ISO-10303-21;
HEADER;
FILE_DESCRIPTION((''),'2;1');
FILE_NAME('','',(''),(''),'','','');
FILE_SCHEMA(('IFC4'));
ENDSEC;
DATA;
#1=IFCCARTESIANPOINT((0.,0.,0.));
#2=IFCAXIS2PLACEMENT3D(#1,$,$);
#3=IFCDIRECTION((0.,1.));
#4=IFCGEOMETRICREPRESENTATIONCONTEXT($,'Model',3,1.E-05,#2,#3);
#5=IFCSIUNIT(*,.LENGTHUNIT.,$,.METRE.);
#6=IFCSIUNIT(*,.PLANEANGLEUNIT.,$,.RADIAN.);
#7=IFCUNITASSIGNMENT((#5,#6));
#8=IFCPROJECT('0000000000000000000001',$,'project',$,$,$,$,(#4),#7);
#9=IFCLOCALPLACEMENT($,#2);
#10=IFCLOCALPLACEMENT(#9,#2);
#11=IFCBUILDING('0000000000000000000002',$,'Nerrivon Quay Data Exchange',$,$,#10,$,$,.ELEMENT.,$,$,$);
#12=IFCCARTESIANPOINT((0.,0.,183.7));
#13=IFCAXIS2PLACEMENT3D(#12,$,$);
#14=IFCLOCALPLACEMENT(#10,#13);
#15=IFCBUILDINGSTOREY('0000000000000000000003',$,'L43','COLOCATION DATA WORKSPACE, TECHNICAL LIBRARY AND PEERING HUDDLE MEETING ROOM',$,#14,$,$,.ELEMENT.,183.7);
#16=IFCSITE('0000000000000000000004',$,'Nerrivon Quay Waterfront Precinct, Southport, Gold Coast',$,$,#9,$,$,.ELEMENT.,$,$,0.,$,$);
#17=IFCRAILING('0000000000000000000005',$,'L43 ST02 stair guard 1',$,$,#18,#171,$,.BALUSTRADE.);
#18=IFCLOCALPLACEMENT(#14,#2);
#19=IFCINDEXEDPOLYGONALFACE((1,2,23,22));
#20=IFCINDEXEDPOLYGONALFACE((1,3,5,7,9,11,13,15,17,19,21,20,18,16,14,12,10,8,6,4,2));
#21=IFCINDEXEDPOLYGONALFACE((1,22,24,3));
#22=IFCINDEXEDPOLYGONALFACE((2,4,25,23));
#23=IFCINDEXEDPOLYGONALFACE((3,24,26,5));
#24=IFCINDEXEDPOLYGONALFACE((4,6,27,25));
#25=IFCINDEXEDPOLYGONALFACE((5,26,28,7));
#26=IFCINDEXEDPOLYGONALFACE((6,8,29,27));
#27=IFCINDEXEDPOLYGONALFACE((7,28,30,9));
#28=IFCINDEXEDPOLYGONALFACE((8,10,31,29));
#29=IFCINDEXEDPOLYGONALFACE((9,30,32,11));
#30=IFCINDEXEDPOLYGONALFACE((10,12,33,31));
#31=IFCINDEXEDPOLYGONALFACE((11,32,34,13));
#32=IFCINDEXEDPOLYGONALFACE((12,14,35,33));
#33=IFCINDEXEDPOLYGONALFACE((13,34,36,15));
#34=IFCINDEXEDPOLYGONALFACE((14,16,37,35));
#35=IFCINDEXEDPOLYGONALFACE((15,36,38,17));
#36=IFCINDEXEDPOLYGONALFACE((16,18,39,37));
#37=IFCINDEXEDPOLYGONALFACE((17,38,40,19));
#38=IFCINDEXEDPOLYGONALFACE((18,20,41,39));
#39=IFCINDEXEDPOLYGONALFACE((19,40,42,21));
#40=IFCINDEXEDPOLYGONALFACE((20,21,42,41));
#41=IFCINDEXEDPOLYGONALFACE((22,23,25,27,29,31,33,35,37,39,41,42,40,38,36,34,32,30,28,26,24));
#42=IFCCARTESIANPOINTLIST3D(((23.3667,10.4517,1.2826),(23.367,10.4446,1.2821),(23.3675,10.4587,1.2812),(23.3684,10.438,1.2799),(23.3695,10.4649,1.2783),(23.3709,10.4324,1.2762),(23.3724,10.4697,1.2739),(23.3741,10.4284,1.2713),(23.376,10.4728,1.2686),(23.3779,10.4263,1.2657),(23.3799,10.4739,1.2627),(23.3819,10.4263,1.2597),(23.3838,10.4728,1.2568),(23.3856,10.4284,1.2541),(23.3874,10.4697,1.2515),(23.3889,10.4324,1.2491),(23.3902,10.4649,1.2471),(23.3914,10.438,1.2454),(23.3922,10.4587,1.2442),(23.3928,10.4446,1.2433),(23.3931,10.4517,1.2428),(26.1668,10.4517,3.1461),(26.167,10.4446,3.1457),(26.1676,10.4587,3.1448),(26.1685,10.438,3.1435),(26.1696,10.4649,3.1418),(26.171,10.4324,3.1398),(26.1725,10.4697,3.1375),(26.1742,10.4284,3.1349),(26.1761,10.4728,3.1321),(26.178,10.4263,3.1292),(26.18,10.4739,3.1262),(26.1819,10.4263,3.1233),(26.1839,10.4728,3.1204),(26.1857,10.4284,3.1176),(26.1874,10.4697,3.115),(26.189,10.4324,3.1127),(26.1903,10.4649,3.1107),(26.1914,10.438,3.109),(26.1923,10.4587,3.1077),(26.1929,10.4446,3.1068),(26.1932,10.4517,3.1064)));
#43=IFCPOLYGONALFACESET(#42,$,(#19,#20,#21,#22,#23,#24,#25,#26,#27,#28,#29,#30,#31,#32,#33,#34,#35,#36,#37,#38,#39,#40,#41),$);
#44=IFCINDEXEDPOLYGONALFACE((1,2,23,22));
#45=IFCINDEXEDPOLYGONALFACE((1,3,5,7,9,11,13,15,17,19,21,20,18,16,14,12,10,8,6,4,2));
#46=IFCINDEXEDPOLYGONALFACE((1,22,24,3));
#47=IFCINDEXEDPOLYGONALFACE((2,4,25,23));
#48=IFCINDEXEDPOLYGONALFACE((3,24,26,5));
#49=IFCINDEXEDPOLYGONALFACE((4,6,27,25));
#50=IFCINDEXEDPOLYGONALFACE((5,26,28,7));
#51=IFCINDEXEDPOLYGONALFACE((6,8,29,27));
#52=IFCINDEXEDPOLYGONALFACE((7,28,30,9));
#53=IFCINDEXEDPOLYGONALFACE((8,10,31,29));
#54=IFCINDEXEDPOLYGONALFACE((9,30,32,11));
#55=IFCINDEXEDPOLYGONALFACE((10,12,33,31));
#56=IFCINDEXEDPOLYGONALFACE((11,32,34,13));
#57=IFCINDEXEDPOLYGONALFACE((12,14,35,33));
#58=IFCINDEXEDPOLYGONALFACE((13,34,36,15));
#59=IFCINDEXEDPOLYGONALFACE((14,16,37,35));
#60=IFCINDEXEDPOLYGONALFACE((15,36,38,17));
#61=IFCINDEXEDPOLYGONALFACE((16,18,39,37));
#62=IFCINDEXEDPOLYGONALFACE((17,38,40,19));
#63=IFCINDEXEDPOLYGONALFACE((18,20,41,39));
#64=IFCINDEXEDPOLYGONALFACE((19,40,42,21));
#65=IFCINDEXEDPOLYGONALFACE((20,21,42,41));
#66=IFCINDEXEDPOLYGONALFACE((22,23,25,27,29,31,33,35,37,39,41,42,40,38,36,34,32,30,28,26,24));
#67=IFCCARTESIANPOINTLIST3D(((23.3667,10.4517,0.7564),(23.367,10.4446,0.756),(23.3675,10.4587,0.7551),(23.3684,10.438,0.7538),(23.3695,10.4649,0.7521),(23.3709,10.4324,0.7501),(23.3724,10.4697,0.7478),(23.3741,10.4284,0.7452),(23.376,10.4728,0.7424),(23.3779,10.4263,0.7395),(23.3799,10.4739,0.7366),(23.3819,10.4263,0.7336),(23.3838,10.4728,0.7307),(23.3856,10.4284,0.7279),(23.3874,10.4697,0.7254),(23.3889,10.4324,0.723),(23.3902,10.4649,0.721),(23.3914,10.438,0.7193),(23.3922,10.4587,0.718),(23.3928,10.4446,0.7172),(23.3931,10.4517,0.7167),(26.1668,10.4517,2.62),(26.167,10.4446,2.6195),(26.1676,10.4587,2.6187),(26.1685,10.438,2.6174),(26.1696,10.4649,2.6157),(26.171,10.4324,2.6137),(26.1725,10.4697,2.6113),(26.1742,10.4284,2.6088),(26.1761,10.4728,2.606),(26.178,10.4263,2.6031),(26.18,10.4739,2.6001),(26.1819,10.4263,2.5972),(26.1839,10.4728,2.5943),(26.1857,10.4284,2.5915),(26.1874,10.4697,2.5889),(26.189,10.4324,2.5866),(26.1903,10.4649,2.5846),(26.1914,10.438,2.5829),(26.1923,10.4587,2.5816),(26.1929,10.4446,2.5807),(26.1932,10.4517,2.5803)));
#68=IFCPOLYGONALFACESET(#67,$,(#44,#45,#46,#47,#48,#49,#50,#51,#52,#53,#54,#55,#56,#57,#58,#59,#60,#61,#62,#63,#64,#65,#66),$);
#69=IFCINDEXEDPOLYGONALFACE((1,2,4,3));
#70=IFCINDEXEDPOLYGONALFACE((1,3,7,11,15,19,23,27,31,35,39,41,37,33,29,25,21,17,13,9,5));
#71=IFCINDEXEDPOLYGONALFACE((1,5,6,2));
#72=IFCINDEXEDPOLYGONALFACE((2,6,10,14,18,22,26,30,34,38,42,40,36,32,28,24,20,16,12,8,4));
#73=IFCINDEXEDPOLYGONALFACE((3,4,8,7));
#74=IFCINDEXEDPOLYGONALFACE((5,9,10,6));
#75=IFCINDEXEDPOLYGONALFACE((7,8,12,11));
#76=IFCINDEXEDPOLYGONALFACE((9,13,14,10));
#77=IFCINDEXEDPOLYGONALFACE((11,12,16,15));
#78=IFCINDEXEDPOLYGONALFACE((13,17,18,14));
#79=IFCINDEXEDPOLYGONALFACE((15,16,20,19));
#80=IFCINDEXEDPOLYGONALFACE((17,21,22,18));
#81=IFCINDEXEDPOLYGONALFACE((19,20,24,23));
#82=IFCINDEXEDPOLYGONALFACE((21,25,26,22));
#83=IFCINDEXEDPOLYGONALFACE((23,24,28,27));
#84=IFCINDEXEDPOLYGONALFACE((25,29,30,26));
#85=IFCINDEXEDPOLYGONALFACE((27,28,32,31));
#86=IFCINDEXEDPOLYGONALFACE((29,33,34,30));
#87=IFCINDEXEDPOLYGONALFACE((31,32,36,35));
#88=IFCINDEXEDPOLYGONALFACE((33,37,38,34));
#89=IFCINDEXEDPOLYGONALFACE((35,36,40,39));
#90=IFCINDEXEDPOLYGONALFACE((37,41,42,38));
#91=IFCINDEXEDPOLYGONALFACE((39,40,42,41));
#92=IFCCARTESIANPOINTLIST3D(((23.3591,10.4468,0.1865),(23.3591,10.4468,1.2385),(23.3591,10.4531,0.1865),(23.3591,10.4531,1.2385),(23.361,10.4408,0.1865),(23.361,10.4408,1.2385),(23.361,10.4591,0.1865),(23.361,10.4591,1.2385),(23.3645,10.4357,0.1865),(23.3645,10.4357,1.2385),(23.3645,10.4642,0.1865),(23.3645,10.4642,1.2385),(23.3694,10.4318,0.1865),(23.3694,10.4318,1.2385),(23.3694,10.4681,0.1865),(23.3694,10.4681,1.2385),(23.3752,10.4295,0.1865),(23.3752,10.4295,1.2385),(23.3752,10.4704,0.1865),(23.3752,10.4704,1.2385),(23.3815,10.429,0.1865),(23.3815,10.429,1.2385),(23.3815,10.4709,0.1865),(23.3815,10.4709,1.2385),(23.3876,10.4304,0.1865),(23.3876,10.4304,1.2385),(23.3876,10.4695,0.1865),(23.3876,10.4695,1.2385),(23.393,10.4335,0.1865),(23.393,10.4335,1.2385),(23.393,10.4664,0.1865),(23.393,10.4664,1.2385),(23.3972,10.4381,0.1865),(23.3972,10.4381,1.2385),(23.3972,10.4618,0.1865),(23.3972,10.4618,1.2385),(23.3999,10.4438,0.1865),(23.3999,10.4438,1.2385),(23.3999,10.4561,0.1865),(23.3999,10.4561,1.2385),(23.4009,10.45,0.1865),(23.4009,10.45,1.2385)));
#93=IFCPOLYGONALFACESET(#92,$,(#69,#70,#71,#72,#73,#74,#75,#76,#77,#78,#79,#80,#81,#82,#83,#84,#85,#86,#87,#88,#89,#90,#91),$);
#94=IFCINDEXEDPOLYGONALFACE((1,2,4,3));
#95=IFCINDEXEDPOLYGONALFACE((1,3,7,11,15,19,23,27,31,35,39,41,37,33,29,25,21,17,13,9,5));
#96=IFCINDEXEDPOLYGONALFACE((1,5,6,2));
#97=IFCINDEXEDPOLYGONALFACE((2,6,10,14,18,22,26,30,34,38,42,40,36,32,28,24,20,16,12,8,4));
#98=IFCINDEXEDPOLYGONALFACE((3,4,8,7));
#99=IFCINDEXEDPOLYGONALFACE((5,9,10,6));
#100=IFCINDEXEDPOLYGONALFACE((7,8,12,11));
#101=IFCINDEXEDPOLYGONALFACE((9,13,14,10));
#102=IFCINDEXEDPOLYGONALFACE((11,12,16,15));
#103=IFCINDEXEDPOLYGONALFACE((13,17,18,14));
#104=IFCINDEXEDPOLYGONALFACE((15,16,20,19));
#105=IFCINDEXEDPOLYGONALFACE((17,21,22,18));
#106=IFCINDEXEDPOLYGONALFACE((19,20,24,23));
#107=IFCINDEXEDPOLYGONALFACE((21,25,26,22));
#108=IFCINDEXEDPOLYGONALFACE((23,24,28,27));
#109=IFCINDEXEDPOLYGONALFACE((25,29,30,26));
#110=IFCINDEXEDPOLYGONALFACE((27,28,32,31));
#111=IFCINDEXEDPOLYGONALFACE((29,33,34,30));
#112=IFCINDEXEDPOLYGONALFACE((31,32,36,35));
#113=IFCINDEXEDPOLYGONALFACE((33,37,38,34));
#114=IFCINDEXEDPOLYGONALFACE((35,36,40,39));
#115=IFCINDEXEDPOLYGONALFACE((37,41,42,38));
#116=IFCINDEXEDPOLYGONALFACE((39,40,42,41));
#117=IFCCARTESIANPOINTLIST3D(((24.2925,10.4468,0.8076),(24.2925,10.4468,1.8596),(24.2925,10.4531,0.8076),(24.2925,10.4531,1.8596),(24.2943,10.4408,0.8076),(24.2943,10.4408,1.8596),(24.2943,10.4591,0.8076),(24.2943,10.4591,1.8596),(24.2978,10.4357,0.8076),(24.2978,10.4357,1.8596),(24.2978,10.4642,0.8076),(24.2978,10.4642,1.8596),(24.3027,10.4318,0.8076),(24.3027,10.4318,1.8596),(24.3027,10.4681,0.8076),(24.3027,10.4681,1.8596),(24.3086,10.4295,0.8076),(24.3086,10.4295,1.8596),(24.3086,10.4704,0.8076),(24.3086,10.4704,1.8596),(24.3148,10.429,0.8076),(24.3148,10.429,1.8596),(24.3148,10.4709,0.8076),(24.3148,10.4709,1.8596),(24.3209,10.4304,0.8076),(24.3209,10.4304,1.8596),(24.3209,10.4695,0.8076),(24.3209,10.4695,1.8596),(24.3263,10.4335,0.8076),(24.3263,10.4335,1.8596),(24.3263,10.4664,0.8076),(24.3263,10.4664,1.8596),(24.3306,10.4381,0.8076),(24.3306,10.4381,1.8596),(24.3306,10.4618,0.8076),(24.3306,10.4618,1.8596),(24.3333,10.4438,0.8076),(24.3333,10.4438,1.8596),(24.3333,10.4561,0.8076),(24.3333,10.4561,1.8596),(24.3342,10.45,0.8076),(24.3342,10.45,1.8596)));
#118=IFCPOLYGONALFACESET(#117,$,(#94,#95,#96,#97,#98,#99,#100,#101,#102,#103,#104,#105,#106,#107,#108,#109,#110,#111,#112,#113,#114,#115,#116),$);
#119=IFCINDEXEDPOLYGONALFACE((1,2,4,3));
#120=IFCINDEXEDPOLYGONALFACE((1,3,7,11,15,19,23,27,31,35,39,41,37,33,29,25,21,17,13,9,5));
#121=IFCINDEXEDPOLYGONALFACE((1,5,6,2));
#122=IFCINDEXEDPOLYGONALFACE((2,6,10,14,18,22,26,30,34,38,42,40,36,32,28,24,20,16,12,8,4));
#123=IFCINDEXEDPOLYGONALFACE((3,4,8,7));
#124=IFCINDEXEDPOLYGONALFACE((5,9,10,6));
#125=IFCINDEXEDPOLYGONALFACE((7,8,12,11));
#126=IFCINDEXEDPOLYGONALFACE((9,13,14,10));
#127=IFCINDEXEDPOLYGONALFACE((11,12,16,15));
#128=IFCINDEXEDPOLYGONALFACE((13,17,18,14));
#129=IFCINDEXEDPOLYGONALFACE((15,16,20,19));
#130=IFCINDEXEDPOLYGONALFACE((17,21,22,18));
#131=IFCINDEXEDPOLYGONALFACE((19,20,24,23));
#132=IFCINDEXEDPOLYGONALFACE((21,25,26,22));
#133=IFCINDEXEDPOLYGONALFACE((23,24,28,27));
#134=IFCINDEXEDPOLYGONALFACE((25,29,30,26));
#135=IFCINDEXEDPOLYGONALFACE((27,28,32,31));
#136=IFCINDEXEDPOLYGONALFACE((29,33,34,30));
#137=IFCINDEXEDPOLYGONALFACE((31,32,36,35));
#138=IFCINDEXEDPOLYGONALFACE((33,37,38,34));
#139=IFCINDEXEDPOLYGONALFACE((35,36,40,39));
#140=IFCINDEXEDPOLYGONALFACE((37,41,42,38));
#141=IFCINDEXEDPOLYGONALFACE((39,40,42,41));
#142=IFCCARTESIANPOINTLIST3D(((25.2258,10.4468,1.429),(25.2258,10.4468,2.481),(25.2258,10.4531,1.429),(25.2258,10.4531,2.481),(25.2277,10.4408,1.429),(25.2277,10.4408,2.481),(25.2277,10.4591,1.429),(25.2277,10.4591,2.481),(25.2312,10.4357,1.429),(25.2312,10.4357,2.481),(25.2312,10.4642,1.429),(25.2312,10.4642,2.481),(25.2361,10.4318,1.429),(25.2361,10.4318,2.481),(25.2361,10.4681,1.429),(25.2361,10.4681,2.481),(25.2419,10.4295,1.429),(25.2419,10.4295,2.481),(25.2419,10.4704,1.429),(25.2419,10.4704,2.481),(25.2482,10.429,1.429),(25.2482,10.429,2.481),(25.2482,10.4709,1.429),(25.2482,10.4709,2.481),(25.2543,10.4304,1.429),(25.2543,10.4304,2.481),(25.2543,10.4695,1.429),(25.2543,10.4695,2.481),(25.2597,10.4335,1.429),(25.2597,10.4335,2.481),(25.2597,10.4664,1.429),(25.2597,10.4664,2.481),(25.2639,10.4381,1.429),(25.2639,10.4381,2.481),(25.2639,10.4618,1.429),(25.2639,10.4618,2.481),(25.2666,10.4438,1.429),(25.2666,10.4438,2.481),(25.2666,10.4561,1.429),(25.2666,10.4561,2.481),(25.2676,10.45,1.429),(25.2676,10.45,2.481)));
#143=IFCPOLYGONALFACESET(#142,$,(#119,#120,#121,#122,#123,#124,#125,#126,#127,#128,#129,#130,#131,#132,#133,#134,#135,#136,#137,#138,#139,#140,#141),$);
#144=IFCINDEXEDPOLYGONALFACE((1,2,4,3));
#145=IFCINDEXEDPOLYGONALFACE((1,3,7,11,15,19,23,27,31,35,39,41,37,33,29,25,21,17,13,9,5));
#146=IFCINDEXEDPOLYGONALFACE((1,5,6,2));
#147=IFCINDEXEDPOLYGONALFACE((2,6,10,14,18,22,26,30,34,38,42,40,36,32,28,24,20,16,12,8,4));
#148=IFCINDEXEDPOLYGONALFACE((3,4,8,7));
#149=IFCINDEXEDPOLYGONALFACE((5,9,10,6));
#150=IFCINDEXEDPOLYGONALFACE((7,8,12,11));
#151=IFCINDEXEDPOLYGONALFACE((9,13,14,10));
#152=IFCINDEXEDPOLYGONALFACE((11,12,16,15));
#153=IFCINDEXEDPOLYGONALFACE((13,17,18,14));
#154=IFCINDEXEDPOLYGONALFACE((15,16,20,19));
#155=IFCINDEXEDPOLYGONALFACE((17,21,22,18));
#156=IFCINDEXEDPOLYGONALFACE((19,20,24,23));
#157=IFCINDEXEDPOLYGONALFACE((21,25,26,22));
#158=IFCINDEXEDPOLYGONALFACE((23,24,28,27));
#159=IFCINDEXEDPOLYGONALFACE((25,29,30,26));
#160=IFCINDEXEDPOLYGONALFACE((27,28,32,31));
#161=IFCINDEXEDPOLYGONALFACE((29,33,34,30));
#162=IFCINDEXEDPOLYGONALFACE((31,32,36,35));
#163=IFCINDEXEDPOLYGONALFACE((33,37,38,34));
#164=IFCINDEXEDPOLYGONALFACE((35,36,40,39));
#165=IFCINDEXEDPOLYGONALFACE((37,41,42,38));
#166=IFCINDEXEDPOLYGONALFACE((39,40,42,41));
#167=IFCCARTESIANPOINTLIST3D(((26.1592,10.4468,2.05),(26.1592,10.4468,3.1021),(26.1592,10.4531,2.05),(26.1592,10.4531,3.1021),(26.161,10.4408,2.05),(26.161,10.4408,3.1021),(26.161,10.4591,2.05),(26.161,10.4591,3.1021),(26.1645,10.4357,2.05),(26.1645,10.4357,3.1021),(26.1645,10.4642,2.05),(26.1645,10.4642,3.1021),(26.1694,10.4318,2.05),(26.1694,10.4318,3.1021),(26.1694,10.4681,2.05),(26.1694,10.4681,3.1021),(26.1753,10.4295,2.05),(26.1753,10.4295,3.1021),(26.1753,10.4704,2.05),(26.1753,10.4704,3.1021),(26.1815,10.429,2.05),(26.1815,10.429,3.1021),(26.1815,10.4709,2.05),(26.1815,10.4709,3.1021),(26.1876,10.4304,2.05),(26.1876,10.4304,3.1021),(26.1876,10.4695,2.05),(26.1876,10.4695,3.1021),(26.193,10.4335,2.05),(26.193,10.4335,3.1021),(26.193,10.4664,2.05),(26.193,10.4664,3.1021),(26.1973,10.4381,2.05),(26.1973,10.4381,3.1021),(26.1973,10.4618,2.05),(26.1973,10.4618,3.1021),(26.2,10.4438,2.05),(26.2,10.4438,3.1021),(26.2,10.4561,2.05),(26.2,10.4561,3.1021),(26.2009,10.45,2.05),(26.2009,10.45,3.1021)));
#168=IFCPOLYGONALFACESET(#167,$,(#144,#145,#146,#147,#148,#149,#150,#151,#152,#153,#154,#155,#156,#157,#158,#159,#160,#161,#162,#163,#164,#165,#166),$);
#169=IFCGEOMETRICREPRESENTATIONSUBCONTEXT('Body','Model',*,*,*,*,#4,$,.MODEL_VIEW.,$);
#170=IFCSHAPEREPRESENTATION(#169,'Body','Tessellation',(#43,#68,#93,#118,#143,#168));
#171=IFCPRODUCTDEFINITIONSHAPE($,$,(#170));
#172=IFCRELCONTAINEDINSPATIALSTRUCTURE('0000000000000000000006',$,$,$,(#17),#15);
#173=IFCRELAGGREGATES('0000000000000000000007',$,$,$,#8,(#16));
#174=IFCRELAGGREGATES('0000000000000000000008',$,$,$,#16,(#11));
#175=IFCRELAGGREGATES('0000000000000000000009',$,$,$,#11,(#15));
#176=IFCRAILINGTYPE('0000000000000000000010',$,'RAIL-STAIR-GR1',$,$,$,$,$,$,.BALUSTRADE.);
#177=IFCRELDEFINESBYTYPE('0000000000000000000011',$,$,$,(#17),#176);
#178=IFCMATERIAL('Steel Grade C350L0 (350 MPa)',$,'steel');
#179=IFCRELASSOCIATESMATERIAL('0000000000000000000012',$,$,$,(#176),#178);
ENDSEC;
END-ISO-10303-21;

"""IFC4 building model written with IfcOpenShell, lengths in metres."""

from ifc_helpers import new_model, si_unit, direction, frame, origin, origin_2d, place, context, subcontext, project, spatial, circle, extrude, material, type_object, element, save


model = new_model("IFC4")

# Units and contexts
model_context = context("Model", 3, precision=1e-05, world=origin(), true_north=direction((0.0, 1.0)))
body_context = subcontext(model_context, "Body", "Model", "MODEL_VIEW")
ifc_project = project(units=[si_unit("LENGTHUNIT", "METRE"), si_unit("PLANEANGLEUNIT", "RADIAN")], contexts=[model_context])

# Site, building, storey
site_placement = place(None, origin())
site = spatial("IfcSite", under=ifc_project, at=site_placement, Name="Nerrivon Quay Waterfront Precinct, Southport, Gold Coast", CompositionType="ELEMENT", RefElevation=0.0)
building_placement = place(site_placement, origin())
building = spatial("IfcBuilding", under=site, at=building_placement, Name="Nerrivon Quay Data Exchange", CompositionType="ELEMENT")
storey_placement = place(building_placement, frame((0.0, 0.0, 183.7)))
storey = spatial("IfcBuildingStorey", under=building, at=storey_placement, Name="L43", Description="COLOCATION DATA WORKSPACE, TECHNICAL LIBRARY AND PEERING HUDDLE MEETING ROOM", CompositionType="ELEMENT", Elevation=183.7)

# Railing
ifc_material_1 = material(Name="Steel Grade C350L0 (350 MPa)", Category="steel")
railing_type_1 = type_object("IfcRailingType", Name="RAIL-STAIR-GR1", PredefinedType="BALUSTRADE", material=ifc_material_1)
railing_1_placement = place(storey_placement, frame((23.3799, 10.45, 0.1865)))
element("IfcRailing", 1, at=railing_1_placement, inside=storey, type_object=railing_type_1, Name="L43 ST02 stair guard 1", PredefinedType="BALUSTRADE", context=body_context, shape_type="SweptSolid", body=[
    extrude(circle(Radius=0.0239, at=origin_2d()), frame((0.0, 0.0, 1.0762), z_axis=(0.832486, 0.0, 0.554047), x_axis=(0.0, 1.0, 0.0)), (0.0, 0.0, 1.0), 3.3635),
    extrude(circle(Radius=0.0239, at=origin_2d()), frame((0.0, 0.0, 0.55), z_axis=(0.832486, 0.0, 0.554047), x_axis=(0.0, 1.0, 0.0)), (0.0, 0.0, 1.0), 3.3635),
    extrude(circle(Radius=0.021, at=origin_2d()), origin(), (0.0, 0.0, 1.0), 1.052),
    extrude(circle(Radius=0.021, at=origin_2d()), frame((0.9333, 0.0, 0.6211)), (0.0, 0.0, 1.0), 1.052),
    extrude(circle(Radius=0.021, at=origin_2d()), frame((1.8667, 0.0, 1.2424)), (0.0, 0.0, 1.0), 1.052),
    extrude(circle(Radius=0.021, at=origin_2d()), frame((2.8, 0.0, 1.8635)), (0.0, 0.0, 1.0), 1.052),
])

save(model, "model.ifc")
